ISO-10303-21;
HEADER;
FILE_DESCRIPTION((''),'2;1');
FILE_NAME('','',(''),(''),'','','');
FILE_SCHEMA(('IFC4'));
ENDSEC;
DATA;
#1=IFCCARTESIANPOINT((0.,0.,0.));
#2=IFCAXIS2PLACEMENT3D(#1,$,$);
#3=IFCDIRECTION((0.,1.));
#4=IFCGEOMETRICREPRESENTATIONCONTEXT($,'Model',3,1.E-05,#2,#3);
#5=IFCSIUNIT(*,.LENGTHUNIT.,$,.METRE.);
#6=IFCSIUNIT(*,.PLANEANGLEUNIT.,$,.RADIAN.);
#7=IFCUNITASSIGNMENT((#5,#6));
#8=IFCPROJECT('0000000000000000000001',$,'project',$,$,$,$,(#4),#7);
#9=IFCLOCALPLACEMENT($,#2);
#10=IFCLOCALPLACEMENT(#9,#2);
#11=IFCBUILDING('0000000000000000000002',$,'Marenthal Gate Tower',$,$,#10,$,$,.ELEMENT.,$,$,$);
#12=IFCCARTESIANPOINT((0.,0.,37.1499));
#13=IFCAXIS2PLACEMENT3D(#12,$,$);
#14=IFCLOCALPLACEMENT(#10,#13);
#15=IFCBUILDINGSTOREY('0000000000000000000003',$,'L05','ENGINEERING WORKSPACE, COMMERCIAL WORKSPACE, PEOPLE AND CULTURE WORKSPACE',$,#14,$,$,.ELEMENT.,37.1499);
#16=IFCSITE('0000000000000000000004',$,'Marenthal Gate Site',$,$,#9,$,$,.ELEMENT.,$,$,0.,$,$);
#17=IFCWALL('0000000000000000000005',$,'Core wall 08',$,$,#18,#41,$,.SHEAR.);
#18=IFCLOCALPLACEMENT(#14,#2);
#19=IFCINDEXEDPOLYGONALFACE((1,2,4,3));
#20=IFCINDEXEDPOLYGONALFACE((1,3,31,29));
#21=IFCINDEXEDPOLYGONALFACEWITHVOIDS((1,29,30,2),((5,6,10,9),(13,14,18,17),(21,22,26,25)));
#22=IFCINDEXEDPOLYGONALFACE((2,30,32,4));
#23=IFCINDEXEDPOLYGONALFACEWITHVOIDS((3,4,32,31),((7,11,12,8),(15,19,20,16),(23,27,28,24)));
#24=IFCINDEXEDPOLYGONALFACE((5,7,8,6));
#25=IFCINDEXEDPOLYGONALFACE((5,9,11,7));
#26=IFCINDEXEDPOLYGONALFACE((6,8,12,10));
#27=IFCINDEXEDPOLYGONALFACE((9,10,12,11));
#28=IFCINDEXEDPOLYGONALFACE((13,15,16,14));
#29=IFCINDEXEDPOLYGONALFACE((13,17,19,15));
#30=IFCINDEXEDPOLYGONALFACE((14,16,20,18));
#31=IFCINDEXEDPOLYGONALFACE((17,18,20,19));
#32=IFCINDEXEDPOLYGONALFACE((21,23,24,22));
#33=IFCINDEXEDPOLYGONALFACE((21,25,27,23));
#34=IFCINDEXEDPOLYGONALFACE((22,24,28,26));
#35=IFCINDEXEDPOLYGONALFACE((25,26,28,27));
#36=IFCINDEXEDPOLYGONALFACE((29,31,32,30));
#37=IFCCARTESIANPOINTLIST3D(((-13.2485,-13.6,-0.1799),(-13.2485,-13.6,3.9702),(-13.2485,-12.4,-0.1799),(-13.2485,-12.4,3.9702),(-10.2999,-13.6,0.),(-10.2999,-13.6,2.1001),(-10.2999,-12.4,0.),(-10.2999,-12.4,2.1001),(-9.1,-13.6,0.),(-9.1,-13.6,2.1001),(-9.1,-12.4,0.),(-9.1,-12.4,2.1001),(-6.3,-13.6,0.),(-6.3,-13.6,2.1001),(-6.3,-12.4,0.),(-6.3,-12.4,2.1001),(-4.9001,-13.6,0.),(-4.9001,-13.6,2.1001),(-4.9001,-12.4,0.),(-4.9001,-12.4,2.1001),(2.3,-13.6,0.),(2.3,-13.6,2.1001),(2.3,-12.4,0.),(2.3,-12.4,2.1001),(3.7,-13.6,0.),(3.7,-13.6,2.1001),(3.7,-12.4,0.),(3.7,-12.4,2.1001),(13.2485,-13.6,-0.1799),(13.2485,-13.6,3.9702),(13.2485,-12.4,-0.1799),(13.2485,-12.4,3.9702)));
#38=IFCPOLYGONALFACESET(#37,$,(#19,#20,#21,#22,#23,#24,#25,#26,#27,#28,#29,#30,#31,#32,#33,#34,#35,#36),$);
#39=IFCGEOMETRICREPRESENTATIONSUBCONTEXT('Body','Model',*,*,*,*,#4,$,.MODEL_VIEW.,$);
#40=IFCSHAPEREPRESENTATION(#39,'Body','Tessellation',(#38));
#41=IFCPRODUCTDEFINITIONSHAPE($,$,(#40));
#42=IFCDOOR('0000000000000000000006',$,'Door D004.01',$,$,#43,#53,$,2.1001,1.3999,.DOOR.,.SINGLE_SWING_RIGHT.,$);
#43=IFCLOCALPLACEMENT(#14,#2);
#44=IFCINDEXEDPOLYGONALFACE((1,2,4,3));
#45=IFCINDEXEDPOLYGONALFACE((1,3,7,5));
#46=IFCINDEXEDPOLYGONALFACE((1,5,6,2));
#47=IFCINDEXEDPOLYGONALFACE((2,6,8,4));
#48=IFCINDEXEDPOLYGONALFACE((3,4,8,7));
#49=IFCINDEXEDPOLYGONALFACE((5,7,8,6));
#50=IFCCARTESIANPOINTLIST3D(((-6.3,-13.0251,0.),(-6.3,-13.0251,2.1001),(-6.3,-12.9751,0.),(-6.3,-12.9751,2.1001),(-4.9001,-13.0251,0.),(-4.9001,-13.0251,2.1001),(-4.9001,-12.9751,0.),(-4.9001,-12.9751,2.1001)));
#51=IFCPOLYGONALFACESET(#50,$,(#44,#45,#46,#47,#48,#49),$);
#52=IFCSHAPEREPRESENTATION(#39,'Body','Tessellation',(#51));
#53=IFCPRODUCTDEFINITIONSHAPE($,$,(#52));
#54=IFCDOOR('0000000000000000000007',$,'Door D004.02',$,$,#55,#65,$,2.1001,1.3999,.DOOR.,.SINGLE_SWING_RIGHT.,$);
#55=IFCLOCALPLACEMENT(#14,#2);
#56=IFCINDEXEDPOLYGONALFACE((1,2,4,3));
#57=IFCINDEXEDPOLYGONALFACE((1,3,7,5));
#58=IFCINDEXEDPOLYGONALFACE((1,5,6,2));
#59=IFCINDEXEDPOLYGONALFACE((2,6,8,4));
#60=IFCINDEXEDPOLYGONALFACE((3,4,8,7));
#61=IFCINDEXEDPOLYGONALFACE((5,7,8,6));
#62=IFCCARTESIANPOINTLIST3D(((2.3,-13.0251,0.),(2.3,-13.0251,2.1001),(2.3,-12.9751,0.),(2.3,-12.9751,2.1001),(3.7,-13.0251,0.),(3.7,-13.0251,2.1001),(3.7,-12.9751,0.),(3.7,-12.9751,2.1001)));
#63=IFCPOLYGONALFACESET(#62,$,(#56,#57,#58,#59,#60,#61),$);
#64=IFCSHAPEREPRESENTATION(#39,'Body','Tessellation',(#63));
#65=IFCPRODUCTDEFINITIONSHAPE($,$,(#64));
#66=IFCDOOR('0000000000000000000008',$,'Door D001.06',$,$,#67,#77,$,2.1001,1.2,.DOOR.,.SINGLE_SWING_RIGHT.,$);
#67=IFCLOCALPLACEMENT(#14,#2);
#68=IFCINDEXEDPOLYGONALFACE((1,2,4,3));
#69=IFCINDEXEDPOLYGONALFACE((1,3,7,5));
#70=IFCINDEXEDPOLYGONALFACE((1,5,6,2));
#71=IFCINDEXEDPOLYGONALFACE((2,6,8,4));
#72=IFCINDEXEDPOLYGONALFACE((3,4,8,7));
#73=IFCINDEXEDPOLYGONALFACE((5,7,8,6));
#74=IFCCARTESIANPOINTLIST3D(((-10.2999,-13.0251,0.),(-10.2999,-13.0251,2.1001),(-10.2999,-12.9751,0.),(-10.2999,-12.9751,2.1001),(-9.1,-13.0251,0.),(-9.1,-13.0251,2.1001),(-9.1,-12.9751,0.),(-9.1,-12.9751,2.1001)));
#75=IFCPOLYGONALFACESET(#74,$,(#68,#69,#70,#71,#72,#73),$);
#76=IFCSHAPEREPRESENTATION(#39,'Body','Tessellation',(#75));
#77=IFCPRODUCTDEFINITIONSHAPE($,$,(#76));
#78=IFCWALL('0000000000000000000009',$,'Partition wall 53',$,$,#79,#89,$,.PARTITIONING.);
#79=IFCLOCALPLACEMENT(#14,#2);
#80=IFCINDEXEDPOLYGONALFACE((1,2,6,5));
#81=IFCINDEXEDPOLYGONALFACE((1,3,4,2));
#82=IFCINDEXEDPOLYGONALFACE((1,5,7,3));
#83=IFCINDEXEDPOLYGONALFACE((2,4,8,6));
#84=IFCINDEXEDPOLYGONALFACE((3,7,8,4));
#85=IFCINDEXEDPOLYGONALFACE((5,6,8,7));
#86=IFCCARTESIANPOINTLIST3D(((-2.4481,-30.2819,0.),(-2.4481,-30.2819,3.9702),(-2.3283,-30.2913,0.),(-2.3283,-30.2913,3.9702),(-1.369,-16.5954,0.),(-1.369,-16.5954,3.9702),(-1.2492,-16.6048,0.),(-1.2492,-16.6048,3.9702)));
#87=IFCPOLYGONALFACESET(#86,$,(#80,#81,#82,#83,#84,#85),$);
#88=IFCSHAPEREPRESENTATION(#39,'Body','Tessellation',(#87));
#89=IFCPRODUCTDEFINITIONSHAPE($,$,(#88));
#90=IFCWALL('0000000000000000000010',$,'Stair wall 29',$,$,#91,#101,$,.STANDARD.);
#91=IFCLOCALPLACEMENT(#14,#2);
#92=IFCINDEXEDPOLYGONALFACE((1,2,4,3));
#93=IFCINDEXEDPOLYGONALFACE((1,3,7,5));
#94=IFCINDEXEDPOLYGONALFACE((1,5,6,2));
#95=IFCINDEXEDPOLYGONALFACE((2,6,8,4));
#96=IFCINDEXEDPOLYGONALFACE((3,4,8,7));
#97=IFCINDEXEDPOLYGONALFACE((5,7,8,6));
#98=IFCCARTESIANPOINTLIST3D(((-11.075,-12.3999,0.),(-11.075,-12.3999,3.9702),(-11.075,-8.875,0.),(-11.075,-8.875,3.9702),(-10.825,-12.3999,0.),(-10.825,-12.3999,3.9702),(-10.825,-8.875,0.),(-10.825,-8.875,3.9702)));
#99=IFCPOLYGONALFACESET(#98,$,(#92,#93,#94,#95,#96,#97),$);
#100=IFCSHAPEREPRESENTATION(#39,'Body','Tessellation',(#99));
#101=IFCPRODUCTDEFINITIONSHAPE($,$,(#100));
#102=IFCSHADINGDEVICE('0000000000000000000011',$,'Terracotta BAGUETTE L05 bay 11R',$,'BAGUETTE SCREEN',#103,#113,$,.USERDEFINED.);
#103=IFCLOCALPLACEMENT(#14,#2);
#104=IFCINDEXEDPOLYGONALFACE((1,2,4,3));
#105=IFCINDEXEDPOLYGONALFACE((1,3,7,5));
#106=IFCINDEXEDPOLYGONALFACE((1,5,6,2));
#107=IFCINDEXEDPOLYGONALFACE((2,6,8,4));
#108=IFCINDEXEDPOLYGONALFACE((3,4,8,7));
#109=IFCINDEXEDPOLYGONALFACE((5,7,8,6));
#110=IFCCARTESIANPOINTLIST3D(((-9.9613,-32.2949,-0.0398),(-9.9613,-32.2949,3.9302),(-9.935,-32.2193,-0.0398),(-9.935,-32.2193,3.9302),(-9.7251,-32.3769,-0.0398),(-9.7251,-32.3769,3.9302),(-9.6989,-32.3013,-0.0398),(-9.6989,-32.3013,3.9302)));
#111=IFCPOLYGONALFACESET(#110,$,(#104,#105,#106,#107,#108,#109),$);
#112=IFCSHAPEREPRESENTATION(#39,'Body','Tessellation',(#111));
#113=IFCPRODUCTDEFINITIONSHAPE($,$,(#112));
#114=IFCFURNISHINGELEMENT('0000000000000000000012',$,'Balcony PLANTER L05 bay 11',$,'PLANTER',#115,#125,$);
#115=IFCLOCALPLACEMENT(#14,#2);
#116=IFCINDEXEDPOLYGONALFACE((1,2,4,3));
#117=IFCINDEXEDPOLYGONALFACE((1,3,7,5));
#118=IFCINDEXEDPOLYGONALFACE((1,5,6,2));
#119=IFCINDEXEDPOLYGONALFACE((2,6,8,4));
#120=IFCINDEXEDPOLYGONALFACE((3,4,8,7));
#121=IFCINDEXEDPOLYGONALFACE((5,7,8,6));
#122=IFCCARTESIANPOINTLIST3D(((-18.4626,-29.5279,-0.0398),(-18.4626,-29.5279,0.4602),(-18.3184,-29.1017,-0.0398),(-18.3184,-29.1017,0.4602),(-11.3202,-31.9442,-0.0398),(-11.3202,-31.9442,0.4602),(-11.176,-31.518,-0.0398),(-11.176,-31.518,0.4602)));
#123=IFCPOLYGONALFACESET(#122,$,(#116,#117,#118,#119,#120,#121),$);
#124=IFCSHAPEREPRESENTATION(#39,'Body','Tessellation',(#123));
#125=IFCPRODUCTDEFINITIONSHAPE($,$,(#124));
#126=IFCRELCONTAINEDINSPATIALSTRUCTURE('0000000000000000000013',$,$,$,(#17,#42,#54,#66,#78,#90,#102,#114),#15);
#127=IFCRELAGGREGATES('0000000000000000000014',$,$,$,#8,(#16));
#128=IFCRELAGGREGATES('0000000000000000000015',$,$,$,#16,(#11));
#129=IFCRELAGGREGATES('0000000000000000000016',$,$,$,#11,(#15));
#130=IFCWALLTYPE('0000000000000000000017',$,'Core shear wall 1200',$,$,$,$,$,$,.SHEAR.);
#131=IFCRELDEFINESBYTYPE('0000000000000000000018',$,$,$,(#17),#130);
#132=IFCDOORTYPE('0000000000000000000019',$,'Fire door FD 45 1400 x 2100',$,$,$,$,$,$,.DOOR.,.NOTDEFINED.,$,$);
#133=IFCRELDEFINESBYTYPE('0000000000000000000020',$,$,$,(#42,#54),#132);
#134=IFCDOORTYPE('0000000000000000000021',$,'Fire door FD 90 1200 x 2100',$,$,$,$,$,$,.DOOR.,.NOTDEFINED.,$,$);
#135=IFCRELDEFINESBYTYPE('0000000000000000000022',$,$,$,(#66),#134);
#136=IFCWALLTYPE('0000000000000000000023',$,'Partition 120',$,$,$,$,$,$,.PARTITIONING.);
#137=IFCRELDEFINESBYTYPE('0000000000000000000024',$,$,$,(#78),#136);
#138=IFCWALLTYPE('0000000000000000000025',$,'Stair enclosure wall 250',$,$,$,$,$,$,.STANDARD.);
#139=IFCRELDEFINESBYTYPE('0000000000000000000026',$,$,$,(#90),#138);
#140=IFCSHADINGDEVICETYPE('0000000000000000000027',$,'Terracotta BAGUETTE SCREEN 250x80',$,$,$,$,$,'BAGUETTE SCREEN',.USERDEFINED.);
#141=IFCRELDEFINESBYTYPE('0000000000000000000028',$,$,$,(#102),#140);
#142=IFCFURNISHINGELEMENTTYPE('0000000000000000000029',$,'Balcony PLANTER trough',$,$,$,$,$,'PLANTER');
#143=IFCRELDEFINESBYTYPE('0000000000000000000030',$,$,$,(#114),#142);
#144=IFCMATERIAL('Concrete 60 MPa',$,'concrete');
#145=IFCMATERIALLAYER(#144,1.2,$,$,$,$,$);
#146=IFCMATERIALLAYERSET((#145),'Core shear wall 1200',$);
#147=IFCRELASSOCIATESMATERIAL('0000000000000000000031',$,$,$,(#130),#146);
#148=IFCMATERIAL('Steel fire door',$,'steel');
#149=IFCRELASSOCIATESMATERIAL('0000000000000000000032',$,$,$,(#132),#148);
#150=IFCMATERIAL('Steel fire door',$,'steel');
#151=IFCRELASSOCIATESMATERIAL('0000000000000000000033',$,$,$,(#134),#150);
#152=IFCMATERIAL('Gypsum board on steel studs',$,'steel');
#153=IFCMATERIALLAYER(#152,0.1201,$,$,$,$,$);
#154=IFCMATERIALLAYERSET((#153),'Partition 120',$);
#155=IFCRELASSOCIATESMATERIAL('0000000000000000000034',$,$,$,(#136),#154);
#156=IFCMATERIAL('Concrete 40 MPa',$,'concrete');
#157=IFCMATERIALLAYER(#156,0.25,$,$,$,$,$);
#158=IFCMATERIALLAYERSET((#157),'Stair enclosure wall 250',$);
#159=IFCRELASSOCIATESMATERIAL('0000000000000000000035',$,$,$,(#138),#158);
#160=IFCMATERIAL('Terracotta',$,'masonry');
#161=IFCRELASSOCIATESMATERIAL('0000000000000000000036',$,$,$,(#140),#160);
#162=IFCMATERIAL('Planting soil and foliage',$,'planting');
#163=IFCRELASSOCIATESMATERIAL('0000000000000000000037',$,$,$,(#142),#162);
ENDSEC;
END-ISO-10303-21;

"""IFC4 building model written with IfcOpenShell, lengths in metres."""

from ifc_helpers import new_model, si_unit, direction, frame, frame_2d, origin, origin_2d, place, context, subcontext, project, spatial, rectangle, extrude, material, layer, layer_set, material_profile, profile_set, type_object, element, fill, save


model = new_model("IFC4")

# Units and contexts
model_context = context("Model", 3, precision=1e-05, world=origin(), true_north=direction((0.0, 1.0)))
body_context = subcontext(model_context, "Body", "Model", "MODEL_VIEW")
ifc_project = project(units=[si_unit("LENGTHUNIT", "METRE"), si_unit("PLANEANGLEUNIT", "RADIAN")], contexts=[model_context])

# Site, building, storey
site_placement = place(None, origin())
site = spatial("IfcSite", under=ifc_project, at=site_placement, Name="Marenthal Gate Site", CompositionType="ELEMENT", RefElevation=0.0)
building_placement = place(site_placement, origin())
building = spatial("IfcBuilding", under=site, at=building_placement, Name="Marenthal Gate Tower", CompositionType="ELEMENT")
storey_placement = place(building_placement, frame((0.0, 0.0, 37.1499)))
storey = spatial("IfcBuildingStorey", under=building, at=storey_placement, Name="L05", Description="ENGINEERING WORKSPACE, COMMERCIAL WORKSPACE, PEOPLE AND CULTURE WORKSPACE", CompositionType="ELEMENT", Elevation=37.1499)

# Wall, openings, doors
ifc_material_1 = material(Name="Concrete 60 MPa", Category="concrete")
ifc_layer_1 = layer(ifc_material_1, 1.2)
ifc_layer_set_1 = layer_set([ifc_layer_1], Name="Core shear wall 1200")
wall_type_1 = type_object("IfcWallType", Name="Core shear wall 1200", PredefinedType="SHEAR", material=ifc_layer_set_1)
wall_1_placement = place(storey_placement, frame((-13.2485, -13.0, -0.1799), z_axis=(0.0, 0.0, 1.0), x_axis=(1.0, 0.0, 0.0)))
wall_1 = element("IfcWall", 1, at=wall_1_placement, inside=storey, type_object=wall_type_1, Name="Core wall 08", PredefinedType="SHEAR", context=body_context, shape_type="SweptSolid", body=[
    extrude(rectangle(XDim=26.4971, YDim=1.2, at=frame_2d((13.2485, 0.0))), origin(), (0.0, 0.0, 1.0), 4.1501),
])
opening_1_placement = place(wall_1_placement, frame((2.9485, 0.0, 0.1799)))
opening_1 = element("IfcOpeningElement", 2, at=opening_1_placement, cuts=wall_1, PredefinedType="OPENING", context=body_context, shape_type="SweptSolid", body=[
    extrude(rectangle(XDim=1.2, YDim=2.1001, at=frame_2d((0.6001, 1.05))), frame((0.0, 0.6099, 0.0), z_axis=(0.0, -1.0, 0.0), x_axis=(1.0, 0.0, 0.0)), (0.0, 0.0, 1.0), 1.22),
])
opening_2_placement = place(wall_1_placement, frame((6.9485, 0.0, 0.1799)))
opening_2 = element("IfcOpeningElement", 3, at=opening_2_placement, cuts=wall_1, PredefinedType="OPENING", context=body_context, shape_type="SweptSolid", body=[
    extrude(rectangle(XDim=1.3999, YDim=2.1001, at=frame_2d((0.7, 1.05))), frame((0.0, 0.6099, 0.0), z_axis=(0.0, -1.0, 0.0), x_axis=(1.0, 0.0, 0.0)), (0.0, 0.0, 1.0), 1.22),
])
opening_3_placement = place(wall_1_placement, frame((15.5486, 0.0, 0.1799)))
opening_3 = element("IfcOpeningElement", 4, at=opening_3_placement, cuts=wall_1, PredefinedType="OPENING", context=body_context, shape_type="SweptSolid", body=[
    extrude(rectangle(XDim=1.3999, YDim=2.1001, at=frame_2d((0.7, 1.05))), frame((0.0, 0.6099, 0.0), z_axis=(0.0, -1.0, 0.0), x_axis=(1.0, 0.0, 0.0)), (0.0, 0.0, 1.0), 1.22),
])
ifc_material_2 = material(Name="Steel fire door", Category="steel")
door_type_1 = type_object("IfcDoorType", Name="Fire door FD 45 1400 x 2100", OperationType="NOTDEFINED", PredefinedType="DOOR", material=ifc_material_2)
door_1_placement = place(opening_2_placement, origin())
door_1 = element("IfcDoor", 5, at=door_1_placement, inside=storey, type_object=door_type_1, Name="Door D004.01", OperationType="SINGLE_SWING_RIGHT", OverallHeight=2.1001, OverallWidth=1.3999, PredefinedType="DOOR", context=body_context, shape_type="SweptSolid", body=[
    extrude(rectangle(XDim=1.3999, YDim=2.1001, at=frame_2d((0.7, 1.05))), frame((0.0, 0.0249, 0.0), z_axis=(0.0, -1.0, 0.0), x_axis=(1.0, 0.0, 0.0)), (0.0, 0.0, 1.0), 0.05),
])
fill(opening_2, door_1)
door_2_placement = place(opening_3_placement, origin())
door_2 = element("IfcDoor", 6, at=door_2_placement, inside=storey, type_object=door_type_1, Name="Door D004.02", OperationType="SINGLE_SWING_RIGHT", OverallHeight=2.1001, OverallWidth=1.3999, PredefinedType="DOOR", context=body_context, shape_type="SweptSolid", body=[
    extrude(rectangle(XDim=1.3999, YDim=2.1001, at=frame_2d((0.7, 1.05))), frame((0.0, 0.0249, 0.0), z_axis=(0.0, -1.0, 0.0), x_axis=(1.0, 0.0, 0.0)), (0.0, 0.0, 1.0), 0.05),
])
fill(opening_3, door_2)
ifc_material_3 = material(Name="Steel fire door", Category="steel")
door_type_2 = type_object("IfcDoorType", Name="Fire door FD 90 1200 x 2100", OperationType="NOTDEFINED", PredefinedType="DOOR", material=ifc_material_3)
door_3_placement = place(opening_1_placement, origin())
door_3 = element("IfcDoor", 7, at=door_3_placement, inside=storey, type_object=door_type_2, Name="Door D001.06", OperationType="SINGLE_SWING_RIGHT", OverallHeight=2.1001, OverallWidth=1.2, PredefinedType="DOOR", context=body_context, shape_type="SweptSolid", body=[
    extrude(rectangle(XDim=1.2, YDim=2.1001, at=frame_2d((0.6001, 1.05))), frame((0.0, 0.0249, 0.0), z_axis=(0.0, -1.0, 0.0), x_axis=(1.0, 0.0, 0.0)), (0.0, 0.0, 1.0), 0.05),
])
fill(opening_1, door_3)

# Walls
ifc_material_4 = material(Name="Gypsum board on steel studs", Category="steel")
ifc_layer_2 = layer(ifc_material_4, 0.1201)
ifc_layer_set_2 = layer_set([ifc_layer_2], Name="Partition 120")
wall_type_2 = type_object("IfcWallType", Name="Partition 120", PredefinedType="PARTITIONING", material=ifc_layer_set_2)
wall_2_placement = place(storey_placement, frame((-1.3091, -16.6001, 0.0), z_axis=(0.0, 0.0, 1.0), x_axis=(-0.0786, -0.996906, 0.0)))
element("IfcWall", 8, at=wall_2_placement, inside=storey, type_object=wall_type_2, Name="Partition wall 53", PredefinedType="PARTITIONING", context=body_context, shape_type="SweptSolid", body=[
    extrude(rectangle(XDim=13.729, YDim=0.1201, at=frame_2d((6.8645, 0.0))), origin(), (0.0, 0.0, 1.0), 3.9702),
])
ifc_material_5 = material(Name="Concrete 40 MPa", Category="concrete")
ifc_layer_3 = layer(ifc_material_5, 0.25)
ifc_layer_set_3 = layer_set([ifc_layer_3], Name="Stair enclosure wall 250")
wall_type_3 = type_object("IfcWallType", Name="Stair enclosure wall 250", PredefinedType="STANDARD", material=ifc_layer_set_3)
wall_3_placement = place(storey_placement, frame((-10.95, -12.3999, 0.0), z_axis=(0.0, 0.0, 1.0), x_axis=(0.0, 1.0, 0.0)))
element("IfcWall", 9, at=wall_3_placement, inside=storey, type_object=wall_type_3, Name="Stair wall 29", PredefinedType="STANDARD", context=body_context, shape_type="SweptSolid", body=[
    extrude(rectangle(XDim=3.5249, YDim=0.25, at=frame_2d((1.7625, 0.0))), origin(), (0.0, 0.0, 1.0), 3.9702),
])

# Shading device
ifc_material_6 = material(Name="Terracotta", Category="masonry")
ifc_material_profile_1 = material_profile(ifc_material_6, rectangle(XDim=0.25, YDim=0.0801, at=origin_2d()), Name="Terracotta baguette 250x80")
ifc_profile_set_1 = profile_set([ifc_material_profile_1], Name="Terracotta")
shading_device_type = type_object("IfcShadingDeviceType", Name="Terracotta BAGUETTE SCREEN 250x80", ElementType="BAGUETTE SCREEN", PredefinedType="USERDEFINED", material=ifc_profile_set_1)
shading_device_placement = place(storey_placement, frame((-9.8301, -32.2981, -0.0398), z_axis=(0.0, 0.0, 1.0), x_axis=(0.944708, -0.327912, 0.0)))
element("IfcShadingDevice", 10, at=shading_device_placement, inside=storey, type_object=shading_device_type, Name="Terracotta BAGUETTE L05 bay 11R", ObjectType="BAGUETTE SCREEN", PredefinedType="USERDEFINED", context=body_context, shape_type="SweptSolid", body=[
    extrude(rectangle(XDim=0.25, YDim=0.0801, at=origin_2d()), origin(), (0.0, 0.0, 1.0), 3.97),
])

# Furnishing element
ifc_material_7 = material(Name="Planting soil and foliage", Category="planting")
furnishing_element_type = type_object("IfcFurnishingElementType", Name="Balcony PLANTER trough", ElementType="PLANTER", material=ifc_material_7)
furnishing_placement = place(storey_placement, frame((-14.8193, -30.5229, -0.0398), z_axis=(0.0, 0.0, 1.0), x_axis=(0.947263, -0.320458, 0.0)))
element("IfcFurnishingElement", 11, at=furnishing_placement, inside=storey, type_object=furnishing_element_type, Name="Balcony PLANTER L05 bay 11", ObjectType="PLANTER", context=body_context, shape_type="SweptSolid", body=[
    extrude(rectangle(XDim=7.54, YDim=0.45, at=origin_2d()), origin(), (0.0, 0.0, 1.0), 0.5),
])

save(model, "model.ifc")
